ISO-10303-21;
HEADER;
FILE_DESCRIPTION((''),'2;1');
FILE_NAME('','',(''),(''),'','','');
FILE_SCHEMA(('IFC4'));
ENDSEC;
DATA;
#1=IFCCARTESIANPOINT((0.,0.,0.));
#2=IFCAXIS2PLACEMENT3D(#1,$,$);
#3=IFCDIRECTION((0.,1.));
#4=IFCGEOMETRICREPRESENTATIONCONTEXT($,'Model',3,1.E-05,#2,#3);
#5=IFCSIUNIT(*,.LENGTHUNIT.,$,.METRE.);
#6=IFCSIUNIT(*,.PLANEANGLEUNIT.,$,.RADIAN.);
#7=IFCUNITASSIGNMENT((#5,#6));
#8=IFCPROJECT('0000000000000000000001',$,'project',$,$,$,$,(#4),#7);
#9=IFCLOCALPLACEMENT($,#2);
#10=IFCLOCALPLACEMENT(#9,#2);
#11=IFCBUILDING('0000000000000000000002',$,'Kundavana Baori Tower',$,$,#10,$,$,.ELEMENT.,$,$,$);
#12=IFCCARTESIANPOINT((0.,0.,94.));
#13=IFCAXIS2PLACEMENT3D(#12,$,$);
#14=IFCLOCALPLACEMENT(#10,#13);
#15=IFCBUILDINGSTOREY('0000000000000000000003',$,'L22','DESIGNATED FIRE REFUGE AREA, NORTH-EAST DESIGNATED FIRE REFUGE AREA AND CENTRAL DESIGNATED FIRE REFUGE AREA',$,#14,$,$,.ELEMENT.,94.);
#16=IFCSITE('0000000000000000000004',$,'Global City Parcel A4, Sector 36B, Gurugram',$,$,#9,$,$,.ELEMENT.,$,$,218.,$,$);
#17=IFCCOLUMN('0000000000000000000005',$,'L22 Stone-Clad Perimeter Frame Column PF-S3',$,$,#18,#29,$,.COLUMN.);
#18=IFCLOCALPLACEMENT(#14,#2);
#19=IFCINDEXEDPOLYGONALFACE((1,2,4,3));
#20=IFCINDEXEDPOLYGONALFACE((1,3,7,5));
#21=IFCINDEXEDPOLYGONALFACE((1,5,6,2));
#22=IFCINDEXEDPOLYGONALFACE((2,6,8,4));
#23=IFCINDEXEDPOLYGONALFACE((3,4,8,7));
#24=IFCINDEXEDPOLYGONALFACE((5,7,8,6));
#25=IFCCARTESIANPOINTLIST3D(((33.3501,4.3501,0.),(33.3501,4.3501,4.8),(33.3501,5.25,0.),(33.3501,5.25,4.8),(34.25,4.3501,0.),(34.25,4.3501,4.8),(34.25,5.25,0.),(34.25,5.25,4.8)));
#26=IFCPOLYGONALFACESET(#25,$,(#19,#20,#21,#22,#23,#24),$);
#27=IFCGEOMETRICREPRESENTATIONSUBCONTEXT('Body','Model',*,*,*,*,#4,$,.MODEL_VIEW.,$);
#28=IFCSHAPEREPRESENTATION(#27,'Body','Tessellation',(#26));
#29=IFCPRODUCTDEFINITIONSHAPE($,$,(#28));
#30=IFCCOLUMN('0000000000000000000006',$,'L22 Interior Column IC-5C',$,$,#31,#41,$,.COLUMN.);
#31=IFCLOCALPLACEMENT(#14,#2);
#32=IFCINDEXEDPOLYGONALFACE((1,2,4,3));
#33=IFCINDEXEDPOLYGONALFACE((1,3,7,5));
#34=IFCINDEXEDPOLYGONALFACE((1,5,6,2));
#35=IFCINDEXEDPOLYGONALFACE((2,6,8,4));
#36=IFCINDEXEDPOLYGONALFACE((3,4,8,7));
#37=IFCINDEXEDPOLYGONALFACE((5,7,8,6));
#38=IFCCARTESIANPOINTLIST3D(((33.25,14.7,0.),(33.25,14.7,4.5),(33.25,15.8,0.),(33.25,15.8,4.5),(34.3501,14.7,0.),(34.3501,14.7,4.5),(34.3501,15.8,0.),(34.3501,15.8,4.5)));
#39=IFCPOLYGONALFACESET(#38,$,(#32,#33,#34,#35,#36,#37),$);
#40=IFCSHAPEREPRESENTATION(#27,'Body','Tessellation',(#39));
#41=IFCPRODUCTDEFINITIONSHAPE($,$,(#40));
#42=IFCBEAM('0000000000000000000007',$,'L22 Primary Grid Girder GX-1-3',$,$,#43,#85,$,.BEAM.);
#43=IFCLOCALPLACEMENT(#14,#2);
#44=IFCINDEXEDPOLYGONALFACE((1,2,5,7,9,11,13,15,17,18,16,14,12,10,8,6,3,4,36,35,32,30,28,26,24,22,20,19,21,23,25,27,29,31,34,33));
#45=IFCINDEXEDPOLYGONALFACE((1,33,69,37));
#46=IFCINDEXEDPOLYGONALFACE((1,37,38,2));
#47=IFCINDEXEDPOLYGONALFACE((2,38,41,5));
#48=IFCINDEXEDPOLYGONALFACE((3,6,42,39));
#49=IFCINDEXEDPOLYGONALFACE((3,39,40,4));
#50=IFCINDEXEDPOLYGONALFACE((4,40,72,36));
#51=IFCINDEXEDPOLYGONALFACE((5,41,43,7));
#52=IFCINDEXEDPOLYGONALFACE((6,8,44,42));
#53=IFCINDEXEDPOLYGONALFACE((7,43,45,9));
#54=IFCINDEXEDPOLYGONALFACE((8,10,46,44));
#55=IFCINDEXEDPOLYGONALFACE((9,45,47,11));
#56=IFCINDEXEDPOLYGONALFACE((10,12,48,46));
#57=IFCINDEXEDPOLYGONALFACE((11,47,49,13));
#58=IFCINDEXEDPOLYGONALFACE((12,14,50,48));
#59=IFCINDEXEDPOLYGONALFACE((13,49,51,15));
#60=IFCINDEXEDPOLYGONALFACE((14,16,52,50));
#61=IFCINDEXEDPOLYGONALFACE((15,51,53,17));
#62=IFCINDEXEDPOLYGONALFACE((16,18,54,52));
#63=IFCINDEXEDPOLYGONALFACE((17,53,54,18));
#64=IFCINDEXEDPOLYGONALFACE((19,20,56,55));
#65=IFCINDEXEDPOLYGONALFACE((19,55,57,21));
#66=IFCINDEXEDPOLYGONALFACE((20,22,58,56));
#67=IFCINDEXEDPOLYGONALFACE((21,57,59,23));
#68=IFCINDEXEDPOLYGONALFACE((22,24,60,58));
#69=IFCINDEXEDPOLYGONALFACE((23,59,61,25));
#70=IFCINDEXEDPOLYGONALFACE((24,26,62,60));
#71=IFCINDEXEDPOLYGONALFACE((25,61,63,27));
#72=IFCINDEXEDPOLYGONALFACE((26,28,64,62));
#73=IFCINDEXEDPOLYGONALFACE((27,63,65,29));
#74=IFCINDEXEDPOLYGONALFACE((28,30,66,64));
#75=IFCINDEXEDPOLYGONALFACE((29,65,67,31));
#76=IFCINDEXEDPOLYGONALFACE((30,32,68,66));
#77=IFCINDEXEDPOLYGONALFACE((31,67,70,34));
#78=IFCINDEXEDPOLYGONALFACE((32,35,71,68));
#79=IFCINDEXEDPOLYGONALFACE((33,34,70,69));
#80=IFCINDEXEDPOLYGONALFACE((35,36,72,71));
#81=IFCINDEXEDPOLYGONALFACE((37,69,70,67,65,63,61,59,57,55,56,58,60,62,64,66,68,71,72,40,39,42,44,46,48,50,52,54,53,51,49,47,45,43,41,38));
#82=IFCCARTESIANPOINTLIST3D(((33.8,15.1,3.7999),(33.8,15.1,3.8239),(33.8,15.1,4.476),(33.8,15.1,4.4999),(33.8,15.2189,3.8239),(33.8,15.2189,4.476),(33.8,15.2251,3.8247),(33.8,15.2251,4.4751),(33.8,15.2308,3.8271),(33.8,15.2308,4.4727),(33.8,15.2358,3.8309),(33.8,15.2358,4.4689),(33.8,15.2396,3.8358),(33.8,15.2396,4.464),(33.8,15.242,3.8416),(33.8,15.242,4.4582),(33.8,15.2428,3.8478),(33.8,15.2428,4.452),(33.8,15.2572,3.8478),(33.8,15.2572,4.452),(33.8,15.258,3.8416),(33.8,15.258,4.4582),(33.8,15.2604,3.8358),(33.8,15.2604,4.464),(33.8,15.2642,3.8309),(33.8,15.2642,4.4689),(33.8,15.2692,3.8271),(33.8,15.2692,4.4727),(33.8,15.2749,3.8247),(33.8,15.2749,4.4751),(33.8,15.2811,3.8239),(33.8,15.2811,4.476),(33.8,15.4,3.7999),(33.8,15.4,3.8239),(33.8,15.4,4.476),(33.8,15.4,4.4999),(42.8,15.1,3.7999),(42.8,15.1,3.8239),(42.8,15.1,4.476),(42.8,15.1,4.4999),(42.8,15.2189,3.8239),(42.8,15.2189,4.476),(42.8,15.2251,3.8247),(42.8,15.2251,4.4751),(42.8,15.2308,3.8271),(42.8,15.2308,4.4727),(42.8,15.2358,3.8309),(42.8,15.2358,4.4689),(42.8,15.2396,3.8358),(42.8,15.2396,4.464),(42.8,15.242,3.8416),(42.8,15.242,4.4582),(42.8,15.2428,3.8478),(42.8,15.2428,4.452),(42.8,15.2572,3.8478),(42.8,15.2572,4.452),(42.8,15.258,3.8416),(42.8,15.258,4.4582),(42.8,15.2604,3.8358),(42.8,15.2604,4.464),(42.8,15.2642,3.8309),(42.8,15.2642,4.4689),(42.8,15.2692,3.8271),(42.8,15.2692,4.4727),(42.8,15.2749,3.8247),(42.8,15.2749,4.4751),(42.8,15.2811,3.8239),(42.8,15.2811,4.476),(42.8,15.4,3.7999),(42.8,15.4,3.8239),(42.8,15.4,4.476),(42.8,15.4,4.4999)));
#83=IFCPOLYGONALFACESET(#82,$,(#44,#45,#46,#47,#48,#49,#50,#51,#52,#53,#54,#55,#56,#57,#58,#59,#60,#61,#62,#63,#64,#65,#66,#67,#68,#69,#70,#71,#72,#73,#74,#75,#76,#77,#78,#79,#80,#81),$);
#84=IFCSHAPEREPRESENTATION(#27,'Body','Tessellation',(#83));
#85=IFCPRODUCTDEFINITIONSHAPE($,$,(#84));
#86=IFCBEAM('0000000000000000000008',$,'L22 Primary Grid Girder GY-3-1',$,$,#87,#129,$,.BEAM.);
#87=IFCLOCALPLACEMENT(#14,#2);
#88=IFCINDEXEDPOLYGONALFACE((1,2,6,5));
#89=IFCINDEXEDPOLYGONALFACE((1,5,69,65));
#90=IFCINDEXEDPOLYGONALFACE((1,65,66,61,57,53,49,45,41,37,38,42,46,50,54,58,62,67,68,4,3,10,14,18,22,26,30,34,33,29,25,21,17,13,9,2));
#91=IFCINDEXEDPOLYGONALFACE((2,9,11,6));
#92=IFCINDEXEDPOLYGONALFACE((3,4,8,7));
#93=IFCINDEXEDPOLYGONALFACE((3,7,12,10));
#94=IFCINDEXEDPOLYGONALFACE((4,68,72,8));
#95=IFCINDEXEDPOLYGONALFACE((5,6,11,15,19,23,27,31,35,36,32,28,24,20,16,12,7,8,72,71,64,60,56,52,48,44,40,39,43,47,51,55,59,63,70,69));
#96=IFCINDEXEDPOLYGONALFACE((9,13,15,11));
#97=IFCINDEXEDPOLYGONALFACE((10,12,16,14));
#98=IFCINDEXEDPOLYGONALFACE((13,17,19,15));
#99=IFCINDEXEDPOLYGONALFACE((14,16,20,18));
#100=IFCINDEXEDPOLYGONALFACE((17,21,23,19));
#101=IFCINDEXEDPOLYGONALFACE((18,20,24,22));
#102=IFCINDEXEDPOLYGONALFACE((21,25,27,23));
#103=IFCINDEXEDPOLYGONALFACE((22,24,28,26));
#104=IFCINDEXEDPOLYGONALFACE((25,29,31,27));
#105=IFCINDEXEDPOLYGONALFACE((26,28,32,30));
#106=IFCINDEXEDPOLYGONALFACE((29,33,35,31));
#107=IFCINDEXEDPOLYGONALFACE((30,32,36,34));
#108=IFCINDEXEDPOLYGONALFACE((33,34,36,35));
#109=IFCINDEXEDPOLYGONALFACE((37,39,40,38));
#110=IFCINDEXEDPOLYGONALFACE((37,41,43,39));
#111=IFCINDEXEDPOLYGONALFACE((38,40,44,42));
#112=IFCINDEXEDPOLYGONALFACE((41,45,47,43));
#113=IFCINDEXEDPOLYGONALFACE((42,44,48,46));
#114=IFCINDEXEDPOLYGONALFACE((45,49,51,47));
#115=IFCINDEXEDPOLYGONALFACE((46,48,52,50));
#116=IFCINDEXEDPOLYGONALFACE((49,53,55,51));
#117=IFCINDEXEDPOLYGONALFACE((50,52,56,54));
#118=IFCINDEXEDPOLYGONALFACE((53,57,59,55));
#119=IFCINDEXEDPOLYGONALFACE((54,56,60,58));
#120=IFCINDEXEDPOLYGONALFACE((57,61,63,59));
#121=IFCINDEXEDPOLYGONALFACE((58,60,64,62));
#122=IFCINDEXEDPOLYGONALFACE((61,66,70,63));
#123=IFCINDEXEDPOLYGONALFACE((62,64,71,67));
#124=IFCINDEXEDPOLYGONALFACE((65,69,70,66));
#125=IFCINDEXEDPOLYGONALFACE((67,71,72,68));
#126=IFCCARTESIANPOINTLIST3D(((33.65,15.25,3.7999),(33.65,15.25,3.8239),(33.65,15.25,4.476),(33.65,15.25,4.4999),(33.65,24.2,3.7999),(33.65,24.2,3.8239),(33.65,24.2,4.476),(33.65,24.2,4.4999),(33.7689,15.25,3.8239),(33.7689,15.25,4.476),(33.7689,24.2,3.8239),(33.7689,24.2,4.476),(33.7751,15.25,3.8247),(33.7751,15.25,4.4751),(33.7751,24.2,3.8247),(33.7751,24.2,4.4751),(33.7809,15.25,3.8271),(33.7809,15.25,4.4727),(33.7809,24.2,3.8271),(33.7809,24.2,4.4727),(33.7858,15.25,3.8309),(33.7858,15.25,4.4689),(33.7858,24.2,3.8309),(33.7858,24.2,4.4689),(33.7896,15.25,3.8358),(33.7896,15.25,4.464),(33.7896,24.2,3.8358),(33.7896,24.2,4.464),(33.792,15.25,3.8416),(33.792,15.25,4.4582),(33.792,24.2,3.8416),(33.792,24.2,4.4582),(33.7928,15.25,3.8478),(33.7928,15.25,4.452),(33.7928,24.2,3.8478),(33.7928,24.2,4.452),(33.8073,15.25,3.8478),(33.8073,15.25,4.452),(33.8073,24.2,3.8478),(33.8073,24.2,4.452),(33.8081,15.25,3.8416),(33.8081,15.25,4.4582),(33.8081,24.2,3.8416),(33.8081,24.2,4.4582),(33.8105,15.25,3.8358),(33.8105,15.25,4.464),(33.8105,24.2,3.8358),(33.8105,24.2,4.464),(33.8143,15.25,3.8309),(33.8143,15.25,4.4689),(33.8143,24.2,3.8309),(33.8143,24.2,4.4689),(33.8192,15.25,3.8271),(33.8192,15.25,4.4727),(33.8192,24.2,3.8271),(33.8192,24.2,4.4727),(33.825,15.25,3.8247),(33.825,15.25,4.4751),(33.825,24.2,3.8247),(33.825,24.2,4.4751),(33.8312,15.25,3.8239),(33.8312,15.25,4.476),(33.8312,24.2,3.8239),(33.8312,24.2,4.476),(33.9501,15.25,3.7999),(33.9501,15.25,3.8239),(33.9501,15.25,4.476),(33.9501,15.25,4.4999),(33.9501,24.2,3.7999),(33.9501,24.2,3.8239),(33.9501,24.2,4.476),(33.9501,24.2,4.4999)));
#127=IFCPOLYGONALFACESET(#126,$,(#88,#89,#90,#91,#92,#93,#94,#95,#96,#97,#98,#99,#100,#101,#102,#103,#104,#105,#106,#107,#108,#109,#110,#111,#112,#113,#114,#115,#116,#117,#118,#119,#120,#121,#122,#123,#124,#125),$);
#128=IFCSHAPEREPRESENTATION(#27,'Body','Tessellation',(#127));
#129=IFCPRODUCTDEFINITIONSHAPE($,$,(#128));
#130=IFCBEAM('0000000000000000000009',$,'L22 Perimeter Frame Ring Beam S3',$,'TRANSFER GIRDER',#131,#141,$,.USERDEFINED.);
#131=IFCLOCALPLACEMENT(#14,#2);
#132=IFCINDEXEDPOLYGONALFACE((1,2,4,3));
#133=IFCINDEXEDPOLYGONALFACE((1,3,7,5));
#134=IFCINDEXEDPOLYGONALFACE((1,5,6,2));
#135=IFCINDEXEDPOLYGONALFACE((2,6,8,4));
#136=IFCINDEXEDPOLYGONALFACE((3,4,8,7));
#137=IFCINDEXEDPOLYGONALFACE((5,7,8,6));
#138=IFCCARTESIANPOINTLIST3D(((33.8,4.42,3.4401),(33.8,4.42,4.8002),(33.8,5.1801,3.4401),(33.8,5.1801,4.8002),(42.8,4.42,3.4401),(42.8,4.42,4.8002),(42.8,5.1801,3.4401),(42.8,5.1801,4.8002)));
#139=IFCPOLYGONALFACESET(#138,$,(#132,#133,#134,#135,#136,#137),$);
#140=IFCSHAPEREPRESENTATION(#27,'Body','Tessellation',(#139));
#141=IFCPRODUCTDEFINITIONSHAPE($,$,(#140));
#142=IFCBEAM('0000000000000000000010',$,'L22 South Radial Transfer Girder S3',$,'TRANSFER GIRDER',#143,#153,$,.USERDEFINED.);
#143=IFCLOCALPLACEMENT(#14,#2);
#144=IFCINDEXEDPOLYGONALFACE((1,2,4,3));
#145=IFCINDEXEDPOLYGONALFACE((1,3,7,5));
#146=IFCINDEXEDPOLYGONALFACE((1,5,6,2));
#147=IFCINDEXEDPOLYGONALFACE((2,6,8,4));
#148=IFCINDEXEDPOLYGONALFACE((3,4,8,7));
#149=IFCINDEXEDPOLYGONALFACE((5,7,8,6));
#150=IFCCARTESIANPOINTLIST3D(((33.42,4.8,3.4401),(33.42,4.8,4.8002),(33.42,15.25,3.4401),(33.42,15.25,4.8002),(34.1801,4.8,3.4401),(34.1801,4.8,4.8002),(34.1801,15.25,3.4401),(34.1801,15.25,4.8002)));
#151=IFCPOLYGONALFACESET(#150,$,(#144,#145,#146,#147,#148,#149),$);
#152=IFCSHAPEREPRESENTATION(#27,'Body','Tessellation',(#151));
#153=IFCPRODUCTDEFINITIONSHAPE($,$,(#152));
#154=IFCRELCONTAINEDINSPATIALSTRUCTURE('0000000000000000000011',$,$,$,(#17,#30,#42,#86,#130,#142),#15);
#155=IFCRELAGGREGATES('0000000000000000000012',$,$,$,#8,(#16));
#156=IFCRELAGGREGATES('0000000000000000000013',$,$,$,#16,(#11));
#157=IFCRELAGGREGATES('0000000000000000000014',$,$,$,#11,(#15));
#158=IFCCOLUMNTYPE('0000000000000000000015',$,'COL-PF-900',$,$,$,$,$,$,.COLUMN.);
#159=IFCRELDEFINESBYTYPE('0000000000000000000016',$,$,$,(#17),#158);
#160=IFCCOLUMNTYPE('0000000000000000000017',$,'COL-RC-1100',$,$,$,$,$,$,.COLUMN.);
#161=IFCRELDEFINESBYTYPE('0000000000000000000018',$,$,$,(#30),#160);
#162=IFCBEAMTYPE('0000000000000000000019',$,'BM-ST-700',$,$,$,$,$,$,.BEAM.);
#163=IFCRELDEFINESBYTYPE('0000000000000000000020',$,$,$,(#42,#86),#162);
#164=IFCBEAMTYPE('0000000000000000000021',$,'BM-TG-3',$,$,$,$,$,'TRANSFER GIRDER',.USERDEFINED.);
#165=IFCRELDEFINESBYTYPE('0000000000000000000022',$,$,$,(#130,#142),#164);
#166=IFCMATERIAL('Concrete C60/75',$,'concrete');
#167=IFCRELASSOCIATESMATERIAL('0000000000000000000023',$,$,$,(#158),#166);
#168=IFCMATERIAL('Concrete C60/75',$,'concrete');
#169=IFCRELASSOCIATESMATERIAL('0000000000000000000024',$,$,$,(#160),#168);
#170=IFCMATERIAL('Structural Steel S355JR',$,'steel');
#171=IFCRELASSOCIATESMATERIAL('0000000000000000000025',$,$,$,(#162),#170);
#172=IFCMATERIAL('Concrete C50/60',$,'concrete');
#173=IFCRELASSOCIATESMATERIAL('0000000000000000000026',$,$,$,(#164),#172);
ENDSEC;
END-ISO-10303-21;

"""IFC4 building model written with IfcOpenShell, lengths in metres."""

from ifc_helpers import new_model, si_unit, direction, frame, origin, origin_2d, place, context, subcontext, project, spatial, rectangle, i_section, extrude, material, material_profile, profile_set, type_object, element, save


model = new_model("IFC4")

# Units and contexts
model_context = context("Model", 3, precision=1e-05, world=origin(), true_north=direction((0.0, 1.0)))
body_context = subcontext(model_context, "Body", "Model", "MODEL_VIEW")
ifc_project = project(units=[si_unit("LENGTHUNIT", "METRE"), si_unit("PLANEANGLEUNIT", "RADIAN")], contexts=[model_context])

# Site, building, storey
site_placement = place(None, origin())
site = spatial("IfcSite", under=ifc_project, at=site_placement, Name="Global City Parcel A4, Sector 36B, Gurugram", CompositionType="ELEMENT", RefElevation=218.0)
building_placement = place(site_placement, origin())
building = spatial("IfcBuilding", under=site, at=building_placement, Name="Kundavana Baori Tower", CompositionType="ELEMENT")
storey_placement = place(building_placement, frame((0.0, 0.0, 94.0)))
storey = spatial("IfcBuildingStorey", under=building, at=storey_placement, Name="L22", Description="DESIGNATED FIRE REFUGE AREA, NORTH-EAST DESIGNATED FIRE REFUGE AREA AND CENTRAL DESIGNATED FIRE REFUGE AREA", CompositionType="ELEMENT", Elevation=94.0)

# Columns
ifc_material_1 = material(Name="Concrete C60/75", Category="concrete")
ifc_material_profile_1 = material_profile(ifc_material_1, rectangle(XDim=0.8999, YDim=0.8999, at=origin_2d()), Name="RC PF 900x900")
ifc_profile_set_1 = profile_set([ifc_material_profile_1], Name="Concrete C60/75")
column_type_1 = type_object("IfcColumnType", Name="COL-PF-900", PredefinedType="COLUMN", material=ifc_profile_set_1)
column_1_placement = place(storey_placement, frame((33.8, 4.8, 0.0), z_axis=(0.0, 0.0, 1.0), x_axis=(1.0, 0.0, 0.0)))
element("IfcColumn", 1, at=column_1_placement, inside=storey, type_object=column_type_1, Name="L22 Stone-Clad Perimeter Frame Column PF-S3", PredefinedType="COLUMN", context=body_context, shape_type="SweptSolid", body=[
    extrude(rectangle(XDim=0.8999, YDim=0.8999, at=origin_2d()), origin(), (0.0, 0.0, 1.0), 4.8),
])
ifc_material_2 = material(Name="Concrete C60/75", Category="concrete")
ifc_material_profile_2 = material_profile(ifc_material_2, rectangle(XDim=1.1001, YDim=1.1001, at=origin_2d()), Name="RC 1100x1100")
ifc_profile_set_2 = profile_set([ifc_material_profile_2], Name="Concrete C60/75")
column_type_2 = type_object("IfcColumnType", Name="COL-RC-1100", PredefinedType="COLUMN", material=ifc_profile_set_2)
column_2_placement = place(storey_placement, frame((33.8, 15.25, 0.0), z_axis=(0.0, 0.0, 1.0), x_axis=(1.0, 0.0, 0.0)))
element("IfcColumn", 2, at=column_2_placement, inside=storey, type_object=column_type_2, Name="L22 Interior Column IC-5C", PredefinedType="COLUMN", context=body_context, shape_type="SweptSolid", body=[
    extrude(rectangle(XDim=1.1001, YDim=1.1001, at=origin_2d()), origin(), (0.0, 0.0, 1.0), 4.5),
])

# Beams
ifc_material_3 = material(Name="Structural Steel S355JR", Category="steel")
ifc_material_profile_3 = material_profile(ifc_material_3, i_section(OverallWidth=0.3, OverallDepth=0.7, WebThickness=0.0144, FlangeThickness=0.0239, FilletRadius=0.0239, at=origin_2d()), Name="NPB 700x300x170")
ifc_profile_set_3 = profile_set([ifc_material_profile_3], Name="Structural Steel S355JR")
beam_type_1 = type_object("IfcBeamType", Name="BM-ST-700", PredefinedType="BEAM", material=ifc_profile_set_3)
beam_1_placement = place(storey_placement, frame((33.8, 15.25, 4.1499), z_axis=(1.0, 0.0, 0.0), x_axis=(0.0, 1.0, 0.0)))
element("IfcBeam", 3, at=beam_1_placement, inside=storey, type_object=beam_type_1, Name="L22 Primary Grid Girder GX-1-3", PredefinedType="BEAM", context=body_context, shape_type="SweptSolid", body=[
    extrude(i_section(OverallWidth=0.3, OverallDepth=0.7, WebThickness=0.0144, FlangeThickness=0.0239, FilletRadius=0.0239, at=origin_2d()), origin(), (0.0, 0.0, 1.0), 9.0),
])
beam_2_placement = place(storey_placement, frame((33.8, 15.25, 4.1499), z_axis=(0.0, 1.0, 0.0), x_axis=(-1.0, 0.0, 0.0)))
element("IfcBeam", 4, at=beam_2_placement, inside=storey, type_object=beam_type_1, Name="L22 Primary Grid Girder GY-3-1", PredefinedType="BEAM", context=body_context, shape_type="SweptSolid", body=[
    extrude(i_section(OverallWidth=0.3, OverallDepth=0.7, WebThickness=0.0144, FlangeThickness=0.0239, FilletRadius=0.0239, at=origin_2d()), origin(), (0.0, 0.0, 1.0), 8.95),
])
ifc_material_4 = material(Name="Concrete C50/60", Category="concrete")
ifc_material_profile_4 = material_profile(ifc_material_4, rectangle(XDim=0.76, YDim=1.3601, at=origin_2d()), Name="BM-TG-3")
ifc_profile_set_4 = profile_set([ifc_material_profile_4], Name="Concrete C50/60")
beam_type_2 = type_object("IfcBeamType", Name="BM-TG-3", ElementType="TRANSFER GIRDER", PredefinedType="USERDEFINED", material=ifc_profile_set_4)
beam_3_placement = place(storey_placement, frame((33.8, 4.8, 4.1201), z_axis=(1.0, 0.0, 0.0), x_axis=(0.0, 1.0, 0.0)))
element("IfcBeam", 5, at=beam_3_placement, inside=storey, type_object=beam_type_2, Name="L22 Perimeter Frame Ring Beam S3", ObjectType="TRANSFER GIRDER", PredefinedType="USERDEFINED", context=body_context, shape_type="SweptSolid", body=[
    extrude(rectangle(XDim=0.76, YDim=1.3601, at=origin_2d()), origin(), (0.0, 0.0, 1.0), 9.0),
])
beam_4_placement = place(storey_placement, frame((33.8, 15.25, 4.1201), z_axis=(0.0, -1.0, 0.0), x_axis=(1.0, 0.0, 0.0)))
element("IfcBeam", 6, at=beam_4_placement, inside=storey, type_object=beam_type_2, Name="L22 South Radial Transfer Girder S3", ObjectType="TRANSFER GIRDER", PredefinedType="USERDEFINED", context=body_context, shape_type="SweptSolid", body=[
    extrude(rectangle(XDim=0.76, YDim=1.3601, at=origin_2d()), origin(), (0.0, 0.0, 1.0), 10.45),
])

save(model, "model.ifc")
